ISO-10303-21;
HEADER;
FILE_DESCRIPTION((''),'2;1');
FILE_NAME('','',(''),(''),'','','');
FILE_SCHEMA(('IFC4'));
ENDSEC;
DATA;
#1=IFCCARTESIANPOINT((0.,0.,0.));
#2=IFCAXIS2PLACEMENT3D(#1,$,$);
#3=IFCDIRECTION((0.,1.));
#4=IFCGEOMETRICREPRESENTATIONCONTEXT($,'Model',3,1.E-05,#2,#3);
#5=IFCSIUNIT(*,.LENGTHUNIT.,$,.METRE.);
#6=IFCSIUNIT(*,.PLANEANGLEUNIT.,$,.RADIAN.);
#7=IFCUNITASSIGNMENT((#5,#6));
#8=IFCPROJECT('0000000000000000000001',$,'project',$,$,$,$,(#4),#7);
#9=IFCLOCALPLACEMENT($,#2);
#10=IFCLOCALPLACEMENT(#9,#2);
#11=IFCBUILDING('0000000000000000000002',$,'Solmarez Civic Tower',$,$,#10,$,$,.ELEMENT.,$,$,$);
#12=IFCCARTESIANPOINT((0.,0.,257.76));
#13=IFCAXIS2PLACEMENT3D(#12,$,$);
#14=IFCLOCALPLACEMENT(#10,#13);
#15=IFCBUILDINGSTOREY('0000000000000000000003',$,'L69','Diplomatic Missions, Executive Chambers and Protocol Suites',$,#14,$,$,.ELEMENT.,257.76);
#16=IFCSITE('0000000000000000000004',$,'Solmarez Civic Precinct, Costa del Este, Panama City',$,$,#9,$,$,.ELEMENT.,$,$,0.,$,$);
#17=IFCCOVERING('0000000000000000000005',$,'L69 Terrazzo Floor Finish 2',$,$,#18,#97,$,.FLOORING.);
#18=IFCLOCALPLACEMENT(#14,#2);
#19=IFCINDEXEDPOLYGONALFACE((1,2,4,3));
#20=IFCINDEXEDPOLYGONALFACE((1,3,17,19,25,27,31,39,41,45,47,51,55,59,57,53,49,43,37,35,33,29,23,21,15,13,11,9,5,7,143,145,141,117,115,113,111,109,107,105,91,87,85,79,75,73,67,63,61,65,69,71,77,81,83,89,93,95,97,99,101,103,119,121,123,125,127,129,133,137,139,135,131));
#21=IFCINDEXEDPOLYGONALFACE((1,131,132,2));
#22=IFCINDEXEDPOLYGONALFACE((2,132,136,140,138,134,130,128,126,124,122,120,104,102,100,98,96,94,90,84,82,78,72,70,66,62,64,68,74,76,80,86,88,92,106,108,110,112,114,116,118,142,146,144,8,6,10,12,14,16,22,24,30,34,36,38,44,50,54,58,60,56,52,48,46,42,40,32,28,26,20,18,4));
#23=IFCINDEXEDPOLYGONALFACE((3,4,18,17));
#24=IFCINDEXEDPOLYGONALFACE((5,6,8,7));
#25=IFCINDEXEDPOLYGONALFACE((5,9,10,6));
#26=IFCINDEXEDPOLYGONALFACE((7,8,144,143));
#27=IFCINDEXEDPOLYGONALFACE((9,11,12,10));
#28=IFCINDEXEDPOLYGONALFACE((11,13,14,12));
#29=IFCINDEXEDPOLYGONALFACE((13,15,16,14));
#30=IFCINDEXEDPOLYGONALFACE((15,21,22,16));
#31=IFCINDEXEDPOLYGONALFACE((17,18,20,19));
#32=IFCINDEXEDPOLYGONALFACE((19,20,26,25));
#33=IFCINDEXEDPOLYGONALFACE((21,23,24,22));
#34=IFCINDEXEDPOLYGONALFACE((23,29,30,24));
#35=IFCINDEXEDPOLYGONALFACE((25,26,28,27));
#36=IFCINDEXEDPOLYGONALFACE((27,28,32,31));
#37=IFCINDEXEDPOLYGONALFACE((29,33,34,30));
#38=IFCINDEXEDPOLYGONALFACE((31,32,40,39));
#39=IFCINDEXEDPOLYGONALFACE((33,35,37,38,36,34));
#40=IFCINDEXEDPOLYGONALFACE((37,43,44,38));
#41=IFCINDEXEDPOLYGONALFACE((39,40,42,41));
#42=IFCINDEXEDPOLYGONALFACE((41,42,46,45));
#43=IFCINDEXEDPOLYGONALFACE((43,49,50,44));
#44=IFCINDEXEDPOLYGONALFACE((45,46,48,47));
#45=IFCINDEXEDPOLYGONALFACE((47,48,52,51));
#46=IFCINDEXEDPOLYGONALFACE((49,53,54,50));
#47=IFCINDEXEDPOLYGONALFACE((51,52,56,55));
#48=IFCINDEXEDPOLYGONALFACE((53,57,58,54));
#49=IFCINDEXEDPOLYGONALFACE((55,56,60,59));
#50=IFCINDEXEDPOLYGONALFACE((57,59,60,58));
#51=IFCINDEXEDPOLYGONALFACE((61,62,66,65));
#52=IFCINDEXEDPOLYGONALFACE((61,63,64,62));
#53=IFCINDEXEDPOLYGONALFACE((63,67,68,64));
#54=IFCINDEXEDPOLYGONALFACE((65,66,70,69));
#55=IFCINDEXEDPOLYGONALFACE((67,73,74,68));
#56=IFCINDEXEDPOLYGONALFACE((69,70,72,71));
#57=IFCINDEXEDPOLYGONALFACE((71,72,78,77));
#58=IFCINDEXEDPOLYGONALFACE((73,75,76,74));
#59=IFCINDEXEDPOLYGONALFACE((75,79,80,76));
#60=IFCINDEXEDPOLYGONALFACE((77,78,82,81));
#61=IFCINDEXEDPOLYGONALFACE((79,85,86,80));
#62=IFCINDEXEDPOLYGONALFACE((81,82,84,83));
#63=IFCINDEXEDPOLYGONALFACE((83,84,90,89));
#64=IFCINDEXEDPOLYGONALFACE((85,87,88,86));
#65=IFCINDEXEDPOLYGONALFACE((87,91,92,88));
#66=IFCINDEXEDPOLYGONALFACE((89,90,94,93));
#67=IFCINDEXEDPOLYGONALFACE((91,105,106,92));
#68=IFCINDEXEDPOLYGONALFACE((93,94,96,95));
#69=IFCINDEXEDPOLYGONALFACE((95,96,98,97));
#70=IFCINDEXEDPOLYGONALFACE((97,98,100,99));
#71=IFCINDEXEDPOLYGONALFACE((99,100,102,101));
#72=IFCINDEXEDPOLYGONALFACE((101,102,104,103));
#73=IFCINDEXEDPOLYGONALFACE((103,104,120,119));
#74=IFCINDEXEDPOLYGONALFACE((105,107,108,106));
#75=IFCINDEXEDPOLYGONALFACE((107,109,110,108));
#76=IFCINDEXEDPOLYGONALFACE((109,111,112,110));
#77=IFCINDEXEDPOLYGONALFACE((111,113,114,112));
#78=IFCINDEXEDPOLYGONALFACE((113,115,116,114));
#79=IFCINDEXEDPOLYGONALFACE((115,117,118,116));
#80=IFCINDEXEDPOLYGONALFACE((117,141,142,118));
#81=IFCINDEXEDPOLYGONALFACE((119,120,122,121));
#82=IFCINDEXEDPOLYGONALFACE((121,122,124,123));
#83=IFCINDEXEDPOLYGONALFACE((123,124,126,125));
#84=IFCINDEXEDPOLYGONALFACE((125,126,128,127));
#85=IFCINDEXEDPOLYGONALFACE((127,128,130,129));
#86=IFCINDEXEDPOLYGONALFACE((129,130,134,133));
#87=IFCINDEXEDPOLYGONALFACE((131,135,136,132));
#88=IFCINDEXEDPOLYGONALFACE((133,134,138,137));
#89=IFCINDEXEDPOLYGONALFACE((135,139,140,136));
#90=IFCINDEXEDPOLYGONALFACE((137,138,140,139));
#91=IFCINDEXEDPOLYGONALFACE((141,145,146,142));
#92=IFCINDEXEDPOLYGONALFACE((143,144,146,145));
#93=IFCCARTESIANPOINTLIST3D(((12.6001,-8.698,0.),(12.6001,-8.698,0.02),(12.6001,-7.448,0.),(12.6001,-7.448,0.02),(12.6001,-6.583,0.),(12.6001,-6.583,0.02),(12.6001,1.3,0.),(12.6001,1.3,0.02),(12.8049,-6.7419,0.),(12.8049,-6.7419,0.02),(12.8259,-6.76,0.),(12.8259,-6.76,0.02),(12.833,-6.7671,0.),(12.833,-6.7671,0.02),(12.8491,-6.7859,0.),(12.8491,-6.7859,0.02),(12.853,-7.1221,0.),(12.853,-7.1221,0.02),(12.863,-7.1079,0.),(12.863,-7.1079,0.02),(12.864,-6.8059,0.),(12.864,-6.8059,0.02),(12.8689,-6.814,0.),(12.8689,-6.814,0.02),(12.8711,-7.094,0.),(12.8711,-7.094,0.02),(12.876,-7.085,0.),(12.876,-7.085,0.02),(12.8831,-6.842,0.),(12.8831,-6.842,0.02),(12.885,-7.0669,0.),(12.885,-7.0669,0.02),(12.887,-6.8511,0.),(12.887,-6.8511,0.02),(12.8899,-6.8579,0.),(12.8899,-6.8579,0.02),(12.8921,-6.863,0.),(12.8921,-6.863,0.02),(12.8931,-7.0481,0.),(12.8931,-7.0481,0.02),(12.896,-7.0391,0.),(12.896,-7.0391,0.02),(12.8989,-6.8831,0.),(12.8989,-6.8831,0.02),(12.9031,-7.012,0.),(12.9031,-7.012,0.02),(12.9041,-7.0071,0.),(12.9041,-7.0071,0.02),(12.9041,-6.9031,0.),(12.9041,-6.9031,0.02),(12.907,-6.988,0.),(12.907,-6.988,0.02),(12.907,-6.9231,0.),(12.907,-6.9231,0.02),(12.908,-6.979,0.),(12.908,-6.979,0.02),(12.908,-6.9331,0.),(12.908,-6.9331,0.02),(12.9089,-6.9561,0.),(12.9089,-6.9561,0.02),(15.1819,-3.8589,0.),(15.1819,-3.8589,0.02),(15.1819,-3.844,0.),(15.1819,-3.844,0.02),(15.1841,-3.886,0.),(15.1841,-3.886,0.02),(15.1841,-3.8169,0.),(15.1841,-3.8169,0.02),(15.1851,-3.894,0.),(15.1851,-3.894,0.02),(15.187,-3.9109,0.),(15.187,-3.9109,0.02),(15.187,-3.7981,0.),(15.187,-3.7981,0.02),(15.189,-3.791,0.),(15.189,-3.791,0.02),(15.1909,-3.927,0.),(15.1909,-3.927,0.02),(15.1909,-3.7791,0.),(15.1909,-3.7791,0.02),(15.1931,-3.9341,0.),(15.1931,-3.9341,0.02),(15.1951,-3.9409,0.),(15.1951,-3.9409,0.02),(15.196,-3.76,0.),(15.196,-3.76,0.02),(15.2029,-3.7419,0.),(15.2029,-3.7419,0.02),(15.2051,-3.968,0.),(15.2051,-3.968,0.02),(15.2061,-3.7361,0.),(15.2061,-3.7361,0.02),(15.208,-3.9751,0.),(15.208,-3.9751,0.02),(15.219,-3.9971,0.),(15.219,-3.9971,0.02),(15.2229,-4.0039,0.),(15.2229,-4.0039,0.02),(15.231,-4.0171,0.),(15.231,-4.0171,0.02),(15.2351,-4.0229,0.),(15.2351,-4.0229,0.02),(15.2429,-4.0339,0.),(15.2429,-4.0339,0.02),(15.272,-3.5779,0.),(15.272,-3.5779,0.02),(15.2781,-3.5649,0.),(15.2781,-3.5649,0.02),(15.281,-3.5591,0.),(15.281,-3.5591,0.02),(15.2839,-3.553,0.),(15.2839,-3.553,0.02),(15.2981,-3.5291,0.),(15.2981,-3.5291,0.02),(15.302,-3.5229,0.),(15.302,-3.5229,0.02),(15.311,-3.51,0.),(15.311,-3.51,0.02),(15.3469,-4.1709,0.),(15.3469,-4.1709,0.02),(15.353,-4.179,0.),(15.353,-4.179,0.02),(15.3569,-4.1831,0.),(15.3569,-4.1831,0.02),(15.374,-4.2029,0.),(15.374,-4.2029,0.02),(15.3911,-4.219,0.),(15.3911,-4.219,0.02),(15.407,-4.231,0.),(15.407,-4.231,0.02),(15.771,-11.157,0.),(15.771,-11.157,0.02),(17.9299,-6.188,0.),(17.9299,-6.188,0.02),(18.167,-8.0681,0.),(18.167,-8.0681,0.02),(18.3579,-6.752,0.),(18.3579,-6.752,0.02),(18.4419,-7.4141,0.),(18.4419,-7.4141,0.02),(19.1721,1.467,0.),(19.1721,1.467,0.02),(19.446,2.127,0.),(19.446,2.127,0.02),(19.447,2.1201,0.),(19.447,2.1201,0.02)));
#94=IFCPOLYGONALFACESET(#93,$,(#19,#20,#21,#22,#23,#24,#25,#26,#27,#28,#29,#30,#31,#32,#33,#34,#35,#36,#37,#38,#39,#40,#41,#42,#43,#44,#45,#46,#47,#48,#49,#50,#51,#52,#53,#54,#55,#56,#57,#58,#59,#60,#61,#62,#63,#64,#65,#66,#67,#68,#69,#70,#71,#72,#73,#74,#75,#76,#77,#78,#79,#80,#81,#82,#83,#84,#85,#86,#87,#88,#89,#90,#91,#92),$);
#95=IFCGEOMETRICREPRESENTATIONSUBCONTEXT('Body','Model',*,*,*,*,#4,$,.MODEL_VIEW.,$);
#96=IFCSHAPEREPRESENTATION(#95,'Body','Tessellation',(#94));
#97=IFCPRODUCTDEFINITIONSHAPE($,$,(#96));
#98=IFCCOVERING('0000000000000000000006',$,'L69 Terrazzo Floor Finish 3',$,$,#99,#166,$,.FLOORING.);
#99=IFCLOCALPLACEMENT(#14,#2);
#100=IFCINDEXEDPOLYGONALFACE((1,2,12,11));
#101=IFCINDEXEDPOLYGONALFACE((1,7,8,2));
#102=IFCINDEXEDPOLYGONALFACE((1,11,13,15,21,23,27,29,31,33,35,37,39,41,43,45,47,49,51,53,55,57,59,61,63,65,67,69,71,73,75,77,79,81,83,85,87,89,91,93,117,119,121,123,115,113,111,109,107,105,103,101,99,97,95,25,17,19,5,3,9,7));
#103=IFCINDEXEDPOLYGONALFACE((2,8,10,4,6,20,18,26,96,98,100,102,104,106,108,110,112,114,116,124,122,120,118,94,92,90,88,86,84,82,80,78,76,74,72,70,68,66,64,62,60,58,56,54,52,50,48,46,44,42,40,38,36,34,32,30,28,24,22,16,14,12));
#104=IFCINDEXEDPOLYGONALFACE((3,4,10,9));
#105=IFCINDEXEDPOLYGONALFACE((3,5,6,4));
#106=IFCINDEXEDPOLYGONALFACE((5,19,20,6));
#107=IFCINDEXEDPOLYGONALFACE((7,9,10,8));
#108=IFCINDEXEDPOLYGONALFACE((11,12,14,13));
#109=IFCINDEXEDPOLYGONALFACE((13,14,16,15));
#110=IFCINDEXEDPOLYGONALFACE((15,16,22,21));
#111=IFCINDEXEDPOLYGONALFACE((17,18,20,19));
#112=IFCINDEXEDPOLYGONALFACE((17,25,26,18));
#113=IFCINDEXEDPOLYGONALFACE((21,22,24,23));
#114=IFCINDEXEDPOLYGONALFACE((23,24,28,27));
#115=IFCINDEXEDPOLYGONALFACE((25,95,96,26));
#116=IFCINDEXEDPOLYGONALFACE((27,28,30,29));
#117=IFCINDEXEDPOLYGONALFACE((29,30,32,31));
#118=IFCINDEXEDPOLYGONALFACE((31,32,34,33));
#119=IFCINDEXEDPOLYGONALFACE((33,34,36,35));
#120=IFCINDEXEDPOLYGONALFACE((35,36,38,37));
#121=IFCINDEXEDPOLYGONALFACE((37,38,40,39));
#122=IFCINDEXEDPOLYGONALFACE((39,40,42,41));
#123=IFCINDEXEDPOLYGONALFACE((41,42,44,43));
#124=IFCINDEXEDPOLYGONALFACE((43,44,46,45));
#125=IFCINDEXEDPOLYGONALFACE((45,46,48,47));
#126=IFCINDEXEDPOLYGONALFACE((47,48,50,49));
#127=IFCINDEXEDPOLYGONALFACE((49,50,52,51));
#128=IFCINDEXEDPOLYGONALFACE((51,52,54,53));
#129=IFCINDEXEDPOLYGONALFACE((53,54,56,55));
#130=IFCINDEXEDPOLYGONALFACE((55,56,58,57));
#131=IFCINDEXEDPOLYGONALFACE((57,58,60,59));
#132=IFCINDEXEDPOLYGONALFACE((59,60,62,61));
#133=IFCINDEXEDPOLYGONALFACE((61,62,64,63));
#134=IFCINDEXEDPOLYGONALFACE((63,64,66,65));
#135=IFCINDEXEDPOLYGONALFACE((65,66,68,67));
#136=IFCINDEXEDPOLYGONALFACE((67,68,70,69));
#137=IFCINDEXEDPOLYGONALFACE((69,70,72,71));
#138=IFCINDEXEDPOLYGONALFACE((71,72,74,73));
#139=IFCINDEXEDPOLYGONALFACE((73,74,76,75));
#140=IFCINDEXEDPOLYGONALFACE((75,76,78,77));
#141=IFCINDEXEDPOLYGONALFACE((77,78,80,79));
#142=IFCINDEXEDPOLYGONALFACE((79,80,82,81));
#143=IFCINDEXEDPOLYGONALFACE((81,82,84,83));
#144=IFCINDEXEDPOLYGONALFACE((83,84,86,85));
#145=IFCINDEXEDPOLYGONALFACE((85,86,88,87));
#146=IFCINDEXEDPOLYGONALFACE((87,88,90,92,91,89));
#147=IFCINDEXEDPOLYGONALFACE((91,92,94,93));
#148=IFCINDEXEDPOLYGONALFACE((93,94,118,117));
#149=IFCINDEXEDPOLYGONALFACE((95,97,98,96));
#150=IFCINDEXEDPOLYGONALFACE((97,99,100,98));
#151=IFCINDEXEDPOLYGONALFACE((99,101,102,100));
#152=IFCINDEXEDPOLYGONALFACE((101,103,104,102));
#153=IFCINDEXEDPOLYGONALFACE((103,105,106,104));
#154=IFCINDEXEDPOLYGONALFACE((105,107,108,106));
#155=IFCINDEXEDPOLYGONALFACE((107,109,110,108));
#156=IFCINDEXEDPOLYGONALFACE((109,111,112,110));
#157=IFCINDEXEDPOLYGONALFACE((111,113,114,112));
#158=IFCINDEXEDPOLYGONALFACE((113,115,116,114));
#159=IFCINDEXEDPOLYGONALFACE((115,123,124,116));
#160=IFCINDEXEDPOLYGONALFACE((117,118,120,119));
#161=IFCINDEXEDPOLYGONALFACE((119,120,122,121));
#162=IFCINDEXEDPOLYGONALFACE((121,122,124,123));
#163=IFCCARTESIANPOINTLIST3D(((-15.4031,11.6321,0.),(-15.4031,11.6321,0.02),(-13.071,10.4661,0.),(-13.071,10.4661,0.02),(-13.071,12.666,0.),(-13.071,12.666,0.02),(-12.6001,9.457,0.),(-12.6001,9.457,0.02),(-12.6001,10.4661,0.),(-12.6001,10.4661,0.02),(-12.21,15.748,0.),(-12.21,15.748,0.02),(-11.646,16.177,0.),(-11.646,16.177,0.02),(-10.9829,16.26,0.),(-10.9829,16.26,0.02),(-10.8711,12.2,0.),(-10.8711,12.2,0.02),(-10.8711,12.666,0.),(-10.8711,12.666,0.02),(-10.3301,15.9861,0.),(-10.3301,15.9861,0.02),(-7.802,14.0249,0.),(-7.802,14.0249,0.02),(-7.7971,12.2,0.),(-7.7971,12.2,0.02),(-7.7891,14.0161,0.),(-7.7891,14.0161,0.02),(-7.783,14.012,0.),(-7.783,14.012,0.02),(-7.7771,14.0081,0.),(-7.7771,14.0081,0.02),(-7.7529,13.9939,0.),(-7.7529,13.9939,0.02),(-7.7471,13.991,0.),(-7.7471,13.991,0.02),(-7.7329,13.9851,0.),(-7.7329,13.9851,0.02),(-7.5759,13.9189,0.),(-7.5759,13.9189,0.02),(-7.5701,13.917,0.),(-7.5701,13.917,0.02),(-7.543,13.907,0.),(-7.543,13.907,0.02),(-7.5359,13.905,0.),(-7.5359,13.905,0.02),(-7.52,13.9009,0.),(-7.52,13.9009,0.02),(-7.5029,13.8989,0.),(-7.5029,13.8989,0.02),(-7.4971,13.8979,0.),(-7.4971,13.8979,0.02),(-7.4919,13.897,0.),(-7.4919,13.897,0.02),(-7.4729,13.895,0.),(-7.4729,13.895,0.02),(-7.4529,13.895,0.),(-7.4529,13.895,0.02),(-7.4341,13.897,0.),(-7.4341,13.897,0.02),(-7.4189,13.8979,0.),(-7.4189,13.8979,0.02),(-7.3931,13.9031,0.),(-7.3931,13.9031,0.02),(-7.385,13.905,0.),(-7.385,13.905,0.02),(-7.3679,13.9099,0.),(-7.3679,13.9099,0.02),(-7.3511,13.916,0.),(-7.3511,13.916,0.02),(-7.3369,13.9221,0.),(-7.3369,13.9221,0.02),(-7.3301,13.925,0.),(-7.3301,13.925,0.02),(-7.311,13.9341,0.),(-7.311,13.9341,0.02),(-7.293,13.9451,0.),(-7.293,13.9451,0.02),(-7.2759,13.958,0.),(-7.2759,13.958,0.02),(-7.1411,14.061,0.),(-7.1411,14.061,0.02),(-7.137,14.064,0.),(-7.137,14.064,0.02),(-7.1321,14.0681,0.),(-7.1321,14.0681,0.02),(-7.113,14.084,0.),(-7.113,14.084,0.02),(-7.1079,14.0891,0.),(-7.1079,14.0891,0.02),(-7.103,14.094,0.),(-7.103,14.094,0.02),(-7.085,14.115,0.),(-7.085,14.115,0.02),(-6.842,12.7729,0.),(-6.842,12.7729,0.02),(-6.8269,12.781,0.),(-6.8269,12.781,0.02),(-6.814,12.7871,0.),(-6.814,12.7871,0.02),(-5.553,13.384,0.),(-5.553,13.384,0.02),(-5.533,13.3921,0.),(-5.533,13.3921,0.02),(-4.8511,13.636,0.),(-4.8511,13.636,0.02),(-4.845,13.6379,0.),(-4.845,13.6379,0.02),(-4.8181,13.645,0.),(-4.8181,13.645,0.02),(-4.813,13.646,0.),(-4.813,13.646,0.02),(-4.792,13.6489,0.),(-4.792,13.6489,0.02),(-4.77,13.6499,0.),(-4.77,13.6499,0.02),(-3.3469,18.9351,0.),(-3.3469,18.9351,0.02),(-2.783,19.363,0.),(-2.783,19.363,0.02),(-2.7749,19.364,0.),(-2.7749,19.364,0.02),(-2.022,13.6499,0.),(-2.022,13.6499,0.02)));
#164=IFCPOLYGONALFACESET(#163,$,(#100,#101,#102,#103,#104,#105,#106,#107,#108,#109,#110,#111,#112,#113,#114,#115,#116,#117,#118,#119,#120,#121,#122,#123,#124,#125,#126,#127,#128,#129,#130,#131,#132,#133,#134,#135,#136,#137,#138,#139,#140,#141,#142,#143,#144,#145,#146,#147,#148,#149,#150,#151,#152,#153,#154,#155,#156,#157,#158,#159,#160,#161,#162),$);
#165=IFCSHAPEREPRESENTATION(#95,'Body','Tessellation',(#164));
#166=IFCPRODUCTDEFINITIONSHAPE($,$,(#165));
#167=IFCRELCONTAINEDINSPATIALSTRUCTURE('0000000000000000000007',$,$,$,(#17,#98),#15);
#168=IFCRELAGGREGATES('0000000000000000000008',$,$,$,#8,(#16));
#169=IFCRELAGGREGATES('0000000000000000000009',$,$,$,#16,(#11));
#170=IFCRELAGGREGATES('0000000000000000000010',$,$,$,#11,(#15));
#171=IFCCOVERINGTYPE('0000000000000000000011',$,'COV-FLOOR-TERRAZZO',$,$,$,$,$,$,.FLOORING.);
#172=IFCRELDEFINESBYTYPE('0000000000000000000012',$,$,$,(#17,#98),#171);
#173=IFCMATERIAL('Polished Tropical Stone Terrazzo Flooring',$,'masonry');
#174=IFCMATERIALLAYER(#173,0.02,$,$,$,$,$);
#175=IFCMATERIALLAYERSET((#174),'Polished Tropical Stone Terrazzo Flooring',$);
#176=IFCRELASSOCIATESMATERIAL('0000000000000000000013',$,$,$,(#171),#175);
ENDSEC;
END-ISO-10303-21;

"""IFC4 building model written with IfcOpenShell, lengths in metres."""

from ifc_helpers import new_model, si_unit, direction, frame, origin, place, context, subcontext, project, spatial, polyline, outline, extrude, material, layer, layer_set, type_object, element, save


model = new_model("IFC4")

# Units and contexts
model_context = context("Model", 3, precision=1e-05, world=origin(), true_north=direction((0.0, 1.0)))
body_context = subcontext(model_context, "Body", "Model", "MODEL_VIEW")
ifc_project = project(units=[si_unit("LENGTHUNIT", "METRE"), si_unit("PLANEANGLEUNIT", "RADIAN")], contexts=[model_context])

# Site, building, storey
site_placement = place(None, origin())
site = spatial("IfcSite", under=ifc_project, at=site_placement, Name="Solmarez Civic Precinct, Costa del Este, Panama City", CompositionType="ELEMENT", RefElevation=0.0)
building_placement = place(site_placement, origin())
building = spatial("IfcBuilding", under=site, at=building_placement, Name="Solmarez Civic Tower", CompositionType="ELEMENT")
storey_placement = place(building_placement, frame((0.0, 0.0, 257.76)))
storey = spatial("IfcBuildingStorey", under=building, at=storey_placement, Name="L69", Description="Diplomatic Missions, Executive Chambers and Protocol Suites", CompositionType="ELEMENT", Elevation=257.76)

# Coverings
ifc_material_1 = material(Name="Polished Tropical Stone Terrazzo Flooring", Category="masonry")
ifc_layer_1 = layer(ifc_material_1, 0.02)
ifc_layer_set_1 = layer_set([ifc_layer_1], Name="Polished Tropical Stone Terrazzo Flooring")
covering_type_1 = type_object("IfcCoveringType", Name="COV-FLOOR-TERRAZZO", PredefinedType="FLOORING", material=ifc_layer_set_1)
covering_1_placement = place(storey_placement, origin())
element("IfcCovering", 1, at=covering_1_placement, inside=storey, type_object=covering_type_1, Name="L69 Terrazzo Floor Finish 2", PredefinedType="FLOORING", context=body_context, shape_type="SweptSolid", body=[
    extrude(outline(polyline([(12.6001, 1.3), (12.6001, -6.583), (12.8049, -6.7419), (12.8259, -6.76), (12.833, -6.7671), (12.8491, -6.7859), (12.864, -6.8059), (12.8689, -6.814), (12.8831, -6.842), (12.887, -6.8511), (12.8899, -6.8579), (12.8921, -6.863), (12.8989, -6.8831), (12.9041, -6.9031), (12.907, -6.9231), (12.908, -6.9331), (12.9089, -6.9561), (12.908, -6.979), (12.907, -6.988), (12.9041, -7.0071), (12.9031, -7.012), (12.896, -7.0391), (12.8931, -7.0481), (12.885, -7.0669), (12.876, -7.085), (12.8711, -7.094), (12.863, -7.1079), (12.853, -7.1221), (12.6001, -7.448), (12.6001, -8.698), (15.771, -11.157), (18.167, -8.0681), (18.4419, -7.4141), (18.3579, -6.752), (17.9299, -6.188), (15.407, -4.231), (15.3911, -4.219), (15.374, -4.2029), (15.3569, -4.1831), (15.353, -4.179), (15.3469, -4.1709), (15.2429, -4.0339), (15.2351, -4.0229), (15.231, -4.0171), (15.2229, -4.0039), (15.219, -3.9971), (15.208, -3.9751), (15.2051, -3.968), (15.1951, -3.9409), (15.1931, -3.9341), (15.1909, -3.927), (15.187, -3.9109), (15.1851, -3.894), (15.1841, -3.886), (15.1819, -3.8589), (15.1819, -3.844), (15.1841, -3.8169), (15.187, -3.7981), (15.189, -3.791), (15.1909, -3.7791), (15.196, -3.76), (15.2029, -3.7419), (15.2061, -3.7361), (15.272, -3.5779), (15.2781, -3.5649), (15.281, -3.5591), (15.2839, -3.553), (15.2981, -3.5291), (15.302, -3.5229), (15.311, -3.51), (19.1721, 1.467), (19.447, 2.1201), (19.446, 2.127), (12.6001, 1.3)])), origin(), (0.0, 0.0, 1.0), 0.02),
])
covering_2_placement = place(storey_placement, origin())
element("IfcCovering", 2, at=covering_2_placement, inside=storey, type_object=covering_type_1, Name="L69 Terrazzo Floor Finish 3", PredefinedType="FLOORING", context=body_context, shape_type="SweptSolid", body=[
    extrude(outline(polyline([(-12.6001, 9.457), (-12.6001, 10.4661), (-13.071, 10.4661), (-13.071, 12.666), (-10.8711, 12.666), (-10.8711, 12.2), (-7.7971, 12.2), (-6.842, 12.7729), (-6.8269, 12.781), (-6.814, 12.7871), (-5.553, 13.384), (-5.533, 13.3921), (-4.8511, 13.636), (-4.845, 13.6379), (-4.8181, 13.645), (-4.813, 13.646), (-4.792, 13.6489), (-4.77, 13.6499), (-2.022, 13.6499), (-2.7749, 19.364), (-2.783, 19.363), (-3.3469, 18.9351), (-7.085, 14.115), (-7.103, 14.094), (-7.1079, 14.0891), (-7.113, 14.084), (-7.1321, 14.0681), (-7.137, 14.064), (-7.1411, 14.061), (-7.2759, 13.958), (-7.293, 13.9451), (-7.311, 13.9341), (-7.3301, 13.925), (-7.3369, 13.9221), (-7.3511, 13.916), (-7.3679, 13.9099), (-7.385, 13.905), (-7.3931, 13.9031), (-7.4189, 13.8979), (-7.4341, 13.897), (-7.4529, 13.895), (-7.4729, 13.895), (-7.4919, 13.897), (-7.4971, 13.8979), (-7.5029, 13.8989), (-7.52, 13.9009), (-7.5359, 13.905), (-7.543, 13.907), (-7.5701, 13.917), (-7.5759, 13.9189), (-7.7329, 13.9851), (-7.7471, 13.991), (-7.7529, 13.9939), (-7.7771, 14.0081), (-7.783, 14.012), (-7.7891, 14.0161), (-7.802, 14.0249), (-10.3301, 15.9861), (-10.9829, 16.26), (-11.646, 16.177), (-12.21, 15.748), (-15.4031, 11.6321), (-12.6001, 9.457)])), origin(), (0.0, 0.0, 1.0), 0.02),
])

save(model, "model.ifc")
